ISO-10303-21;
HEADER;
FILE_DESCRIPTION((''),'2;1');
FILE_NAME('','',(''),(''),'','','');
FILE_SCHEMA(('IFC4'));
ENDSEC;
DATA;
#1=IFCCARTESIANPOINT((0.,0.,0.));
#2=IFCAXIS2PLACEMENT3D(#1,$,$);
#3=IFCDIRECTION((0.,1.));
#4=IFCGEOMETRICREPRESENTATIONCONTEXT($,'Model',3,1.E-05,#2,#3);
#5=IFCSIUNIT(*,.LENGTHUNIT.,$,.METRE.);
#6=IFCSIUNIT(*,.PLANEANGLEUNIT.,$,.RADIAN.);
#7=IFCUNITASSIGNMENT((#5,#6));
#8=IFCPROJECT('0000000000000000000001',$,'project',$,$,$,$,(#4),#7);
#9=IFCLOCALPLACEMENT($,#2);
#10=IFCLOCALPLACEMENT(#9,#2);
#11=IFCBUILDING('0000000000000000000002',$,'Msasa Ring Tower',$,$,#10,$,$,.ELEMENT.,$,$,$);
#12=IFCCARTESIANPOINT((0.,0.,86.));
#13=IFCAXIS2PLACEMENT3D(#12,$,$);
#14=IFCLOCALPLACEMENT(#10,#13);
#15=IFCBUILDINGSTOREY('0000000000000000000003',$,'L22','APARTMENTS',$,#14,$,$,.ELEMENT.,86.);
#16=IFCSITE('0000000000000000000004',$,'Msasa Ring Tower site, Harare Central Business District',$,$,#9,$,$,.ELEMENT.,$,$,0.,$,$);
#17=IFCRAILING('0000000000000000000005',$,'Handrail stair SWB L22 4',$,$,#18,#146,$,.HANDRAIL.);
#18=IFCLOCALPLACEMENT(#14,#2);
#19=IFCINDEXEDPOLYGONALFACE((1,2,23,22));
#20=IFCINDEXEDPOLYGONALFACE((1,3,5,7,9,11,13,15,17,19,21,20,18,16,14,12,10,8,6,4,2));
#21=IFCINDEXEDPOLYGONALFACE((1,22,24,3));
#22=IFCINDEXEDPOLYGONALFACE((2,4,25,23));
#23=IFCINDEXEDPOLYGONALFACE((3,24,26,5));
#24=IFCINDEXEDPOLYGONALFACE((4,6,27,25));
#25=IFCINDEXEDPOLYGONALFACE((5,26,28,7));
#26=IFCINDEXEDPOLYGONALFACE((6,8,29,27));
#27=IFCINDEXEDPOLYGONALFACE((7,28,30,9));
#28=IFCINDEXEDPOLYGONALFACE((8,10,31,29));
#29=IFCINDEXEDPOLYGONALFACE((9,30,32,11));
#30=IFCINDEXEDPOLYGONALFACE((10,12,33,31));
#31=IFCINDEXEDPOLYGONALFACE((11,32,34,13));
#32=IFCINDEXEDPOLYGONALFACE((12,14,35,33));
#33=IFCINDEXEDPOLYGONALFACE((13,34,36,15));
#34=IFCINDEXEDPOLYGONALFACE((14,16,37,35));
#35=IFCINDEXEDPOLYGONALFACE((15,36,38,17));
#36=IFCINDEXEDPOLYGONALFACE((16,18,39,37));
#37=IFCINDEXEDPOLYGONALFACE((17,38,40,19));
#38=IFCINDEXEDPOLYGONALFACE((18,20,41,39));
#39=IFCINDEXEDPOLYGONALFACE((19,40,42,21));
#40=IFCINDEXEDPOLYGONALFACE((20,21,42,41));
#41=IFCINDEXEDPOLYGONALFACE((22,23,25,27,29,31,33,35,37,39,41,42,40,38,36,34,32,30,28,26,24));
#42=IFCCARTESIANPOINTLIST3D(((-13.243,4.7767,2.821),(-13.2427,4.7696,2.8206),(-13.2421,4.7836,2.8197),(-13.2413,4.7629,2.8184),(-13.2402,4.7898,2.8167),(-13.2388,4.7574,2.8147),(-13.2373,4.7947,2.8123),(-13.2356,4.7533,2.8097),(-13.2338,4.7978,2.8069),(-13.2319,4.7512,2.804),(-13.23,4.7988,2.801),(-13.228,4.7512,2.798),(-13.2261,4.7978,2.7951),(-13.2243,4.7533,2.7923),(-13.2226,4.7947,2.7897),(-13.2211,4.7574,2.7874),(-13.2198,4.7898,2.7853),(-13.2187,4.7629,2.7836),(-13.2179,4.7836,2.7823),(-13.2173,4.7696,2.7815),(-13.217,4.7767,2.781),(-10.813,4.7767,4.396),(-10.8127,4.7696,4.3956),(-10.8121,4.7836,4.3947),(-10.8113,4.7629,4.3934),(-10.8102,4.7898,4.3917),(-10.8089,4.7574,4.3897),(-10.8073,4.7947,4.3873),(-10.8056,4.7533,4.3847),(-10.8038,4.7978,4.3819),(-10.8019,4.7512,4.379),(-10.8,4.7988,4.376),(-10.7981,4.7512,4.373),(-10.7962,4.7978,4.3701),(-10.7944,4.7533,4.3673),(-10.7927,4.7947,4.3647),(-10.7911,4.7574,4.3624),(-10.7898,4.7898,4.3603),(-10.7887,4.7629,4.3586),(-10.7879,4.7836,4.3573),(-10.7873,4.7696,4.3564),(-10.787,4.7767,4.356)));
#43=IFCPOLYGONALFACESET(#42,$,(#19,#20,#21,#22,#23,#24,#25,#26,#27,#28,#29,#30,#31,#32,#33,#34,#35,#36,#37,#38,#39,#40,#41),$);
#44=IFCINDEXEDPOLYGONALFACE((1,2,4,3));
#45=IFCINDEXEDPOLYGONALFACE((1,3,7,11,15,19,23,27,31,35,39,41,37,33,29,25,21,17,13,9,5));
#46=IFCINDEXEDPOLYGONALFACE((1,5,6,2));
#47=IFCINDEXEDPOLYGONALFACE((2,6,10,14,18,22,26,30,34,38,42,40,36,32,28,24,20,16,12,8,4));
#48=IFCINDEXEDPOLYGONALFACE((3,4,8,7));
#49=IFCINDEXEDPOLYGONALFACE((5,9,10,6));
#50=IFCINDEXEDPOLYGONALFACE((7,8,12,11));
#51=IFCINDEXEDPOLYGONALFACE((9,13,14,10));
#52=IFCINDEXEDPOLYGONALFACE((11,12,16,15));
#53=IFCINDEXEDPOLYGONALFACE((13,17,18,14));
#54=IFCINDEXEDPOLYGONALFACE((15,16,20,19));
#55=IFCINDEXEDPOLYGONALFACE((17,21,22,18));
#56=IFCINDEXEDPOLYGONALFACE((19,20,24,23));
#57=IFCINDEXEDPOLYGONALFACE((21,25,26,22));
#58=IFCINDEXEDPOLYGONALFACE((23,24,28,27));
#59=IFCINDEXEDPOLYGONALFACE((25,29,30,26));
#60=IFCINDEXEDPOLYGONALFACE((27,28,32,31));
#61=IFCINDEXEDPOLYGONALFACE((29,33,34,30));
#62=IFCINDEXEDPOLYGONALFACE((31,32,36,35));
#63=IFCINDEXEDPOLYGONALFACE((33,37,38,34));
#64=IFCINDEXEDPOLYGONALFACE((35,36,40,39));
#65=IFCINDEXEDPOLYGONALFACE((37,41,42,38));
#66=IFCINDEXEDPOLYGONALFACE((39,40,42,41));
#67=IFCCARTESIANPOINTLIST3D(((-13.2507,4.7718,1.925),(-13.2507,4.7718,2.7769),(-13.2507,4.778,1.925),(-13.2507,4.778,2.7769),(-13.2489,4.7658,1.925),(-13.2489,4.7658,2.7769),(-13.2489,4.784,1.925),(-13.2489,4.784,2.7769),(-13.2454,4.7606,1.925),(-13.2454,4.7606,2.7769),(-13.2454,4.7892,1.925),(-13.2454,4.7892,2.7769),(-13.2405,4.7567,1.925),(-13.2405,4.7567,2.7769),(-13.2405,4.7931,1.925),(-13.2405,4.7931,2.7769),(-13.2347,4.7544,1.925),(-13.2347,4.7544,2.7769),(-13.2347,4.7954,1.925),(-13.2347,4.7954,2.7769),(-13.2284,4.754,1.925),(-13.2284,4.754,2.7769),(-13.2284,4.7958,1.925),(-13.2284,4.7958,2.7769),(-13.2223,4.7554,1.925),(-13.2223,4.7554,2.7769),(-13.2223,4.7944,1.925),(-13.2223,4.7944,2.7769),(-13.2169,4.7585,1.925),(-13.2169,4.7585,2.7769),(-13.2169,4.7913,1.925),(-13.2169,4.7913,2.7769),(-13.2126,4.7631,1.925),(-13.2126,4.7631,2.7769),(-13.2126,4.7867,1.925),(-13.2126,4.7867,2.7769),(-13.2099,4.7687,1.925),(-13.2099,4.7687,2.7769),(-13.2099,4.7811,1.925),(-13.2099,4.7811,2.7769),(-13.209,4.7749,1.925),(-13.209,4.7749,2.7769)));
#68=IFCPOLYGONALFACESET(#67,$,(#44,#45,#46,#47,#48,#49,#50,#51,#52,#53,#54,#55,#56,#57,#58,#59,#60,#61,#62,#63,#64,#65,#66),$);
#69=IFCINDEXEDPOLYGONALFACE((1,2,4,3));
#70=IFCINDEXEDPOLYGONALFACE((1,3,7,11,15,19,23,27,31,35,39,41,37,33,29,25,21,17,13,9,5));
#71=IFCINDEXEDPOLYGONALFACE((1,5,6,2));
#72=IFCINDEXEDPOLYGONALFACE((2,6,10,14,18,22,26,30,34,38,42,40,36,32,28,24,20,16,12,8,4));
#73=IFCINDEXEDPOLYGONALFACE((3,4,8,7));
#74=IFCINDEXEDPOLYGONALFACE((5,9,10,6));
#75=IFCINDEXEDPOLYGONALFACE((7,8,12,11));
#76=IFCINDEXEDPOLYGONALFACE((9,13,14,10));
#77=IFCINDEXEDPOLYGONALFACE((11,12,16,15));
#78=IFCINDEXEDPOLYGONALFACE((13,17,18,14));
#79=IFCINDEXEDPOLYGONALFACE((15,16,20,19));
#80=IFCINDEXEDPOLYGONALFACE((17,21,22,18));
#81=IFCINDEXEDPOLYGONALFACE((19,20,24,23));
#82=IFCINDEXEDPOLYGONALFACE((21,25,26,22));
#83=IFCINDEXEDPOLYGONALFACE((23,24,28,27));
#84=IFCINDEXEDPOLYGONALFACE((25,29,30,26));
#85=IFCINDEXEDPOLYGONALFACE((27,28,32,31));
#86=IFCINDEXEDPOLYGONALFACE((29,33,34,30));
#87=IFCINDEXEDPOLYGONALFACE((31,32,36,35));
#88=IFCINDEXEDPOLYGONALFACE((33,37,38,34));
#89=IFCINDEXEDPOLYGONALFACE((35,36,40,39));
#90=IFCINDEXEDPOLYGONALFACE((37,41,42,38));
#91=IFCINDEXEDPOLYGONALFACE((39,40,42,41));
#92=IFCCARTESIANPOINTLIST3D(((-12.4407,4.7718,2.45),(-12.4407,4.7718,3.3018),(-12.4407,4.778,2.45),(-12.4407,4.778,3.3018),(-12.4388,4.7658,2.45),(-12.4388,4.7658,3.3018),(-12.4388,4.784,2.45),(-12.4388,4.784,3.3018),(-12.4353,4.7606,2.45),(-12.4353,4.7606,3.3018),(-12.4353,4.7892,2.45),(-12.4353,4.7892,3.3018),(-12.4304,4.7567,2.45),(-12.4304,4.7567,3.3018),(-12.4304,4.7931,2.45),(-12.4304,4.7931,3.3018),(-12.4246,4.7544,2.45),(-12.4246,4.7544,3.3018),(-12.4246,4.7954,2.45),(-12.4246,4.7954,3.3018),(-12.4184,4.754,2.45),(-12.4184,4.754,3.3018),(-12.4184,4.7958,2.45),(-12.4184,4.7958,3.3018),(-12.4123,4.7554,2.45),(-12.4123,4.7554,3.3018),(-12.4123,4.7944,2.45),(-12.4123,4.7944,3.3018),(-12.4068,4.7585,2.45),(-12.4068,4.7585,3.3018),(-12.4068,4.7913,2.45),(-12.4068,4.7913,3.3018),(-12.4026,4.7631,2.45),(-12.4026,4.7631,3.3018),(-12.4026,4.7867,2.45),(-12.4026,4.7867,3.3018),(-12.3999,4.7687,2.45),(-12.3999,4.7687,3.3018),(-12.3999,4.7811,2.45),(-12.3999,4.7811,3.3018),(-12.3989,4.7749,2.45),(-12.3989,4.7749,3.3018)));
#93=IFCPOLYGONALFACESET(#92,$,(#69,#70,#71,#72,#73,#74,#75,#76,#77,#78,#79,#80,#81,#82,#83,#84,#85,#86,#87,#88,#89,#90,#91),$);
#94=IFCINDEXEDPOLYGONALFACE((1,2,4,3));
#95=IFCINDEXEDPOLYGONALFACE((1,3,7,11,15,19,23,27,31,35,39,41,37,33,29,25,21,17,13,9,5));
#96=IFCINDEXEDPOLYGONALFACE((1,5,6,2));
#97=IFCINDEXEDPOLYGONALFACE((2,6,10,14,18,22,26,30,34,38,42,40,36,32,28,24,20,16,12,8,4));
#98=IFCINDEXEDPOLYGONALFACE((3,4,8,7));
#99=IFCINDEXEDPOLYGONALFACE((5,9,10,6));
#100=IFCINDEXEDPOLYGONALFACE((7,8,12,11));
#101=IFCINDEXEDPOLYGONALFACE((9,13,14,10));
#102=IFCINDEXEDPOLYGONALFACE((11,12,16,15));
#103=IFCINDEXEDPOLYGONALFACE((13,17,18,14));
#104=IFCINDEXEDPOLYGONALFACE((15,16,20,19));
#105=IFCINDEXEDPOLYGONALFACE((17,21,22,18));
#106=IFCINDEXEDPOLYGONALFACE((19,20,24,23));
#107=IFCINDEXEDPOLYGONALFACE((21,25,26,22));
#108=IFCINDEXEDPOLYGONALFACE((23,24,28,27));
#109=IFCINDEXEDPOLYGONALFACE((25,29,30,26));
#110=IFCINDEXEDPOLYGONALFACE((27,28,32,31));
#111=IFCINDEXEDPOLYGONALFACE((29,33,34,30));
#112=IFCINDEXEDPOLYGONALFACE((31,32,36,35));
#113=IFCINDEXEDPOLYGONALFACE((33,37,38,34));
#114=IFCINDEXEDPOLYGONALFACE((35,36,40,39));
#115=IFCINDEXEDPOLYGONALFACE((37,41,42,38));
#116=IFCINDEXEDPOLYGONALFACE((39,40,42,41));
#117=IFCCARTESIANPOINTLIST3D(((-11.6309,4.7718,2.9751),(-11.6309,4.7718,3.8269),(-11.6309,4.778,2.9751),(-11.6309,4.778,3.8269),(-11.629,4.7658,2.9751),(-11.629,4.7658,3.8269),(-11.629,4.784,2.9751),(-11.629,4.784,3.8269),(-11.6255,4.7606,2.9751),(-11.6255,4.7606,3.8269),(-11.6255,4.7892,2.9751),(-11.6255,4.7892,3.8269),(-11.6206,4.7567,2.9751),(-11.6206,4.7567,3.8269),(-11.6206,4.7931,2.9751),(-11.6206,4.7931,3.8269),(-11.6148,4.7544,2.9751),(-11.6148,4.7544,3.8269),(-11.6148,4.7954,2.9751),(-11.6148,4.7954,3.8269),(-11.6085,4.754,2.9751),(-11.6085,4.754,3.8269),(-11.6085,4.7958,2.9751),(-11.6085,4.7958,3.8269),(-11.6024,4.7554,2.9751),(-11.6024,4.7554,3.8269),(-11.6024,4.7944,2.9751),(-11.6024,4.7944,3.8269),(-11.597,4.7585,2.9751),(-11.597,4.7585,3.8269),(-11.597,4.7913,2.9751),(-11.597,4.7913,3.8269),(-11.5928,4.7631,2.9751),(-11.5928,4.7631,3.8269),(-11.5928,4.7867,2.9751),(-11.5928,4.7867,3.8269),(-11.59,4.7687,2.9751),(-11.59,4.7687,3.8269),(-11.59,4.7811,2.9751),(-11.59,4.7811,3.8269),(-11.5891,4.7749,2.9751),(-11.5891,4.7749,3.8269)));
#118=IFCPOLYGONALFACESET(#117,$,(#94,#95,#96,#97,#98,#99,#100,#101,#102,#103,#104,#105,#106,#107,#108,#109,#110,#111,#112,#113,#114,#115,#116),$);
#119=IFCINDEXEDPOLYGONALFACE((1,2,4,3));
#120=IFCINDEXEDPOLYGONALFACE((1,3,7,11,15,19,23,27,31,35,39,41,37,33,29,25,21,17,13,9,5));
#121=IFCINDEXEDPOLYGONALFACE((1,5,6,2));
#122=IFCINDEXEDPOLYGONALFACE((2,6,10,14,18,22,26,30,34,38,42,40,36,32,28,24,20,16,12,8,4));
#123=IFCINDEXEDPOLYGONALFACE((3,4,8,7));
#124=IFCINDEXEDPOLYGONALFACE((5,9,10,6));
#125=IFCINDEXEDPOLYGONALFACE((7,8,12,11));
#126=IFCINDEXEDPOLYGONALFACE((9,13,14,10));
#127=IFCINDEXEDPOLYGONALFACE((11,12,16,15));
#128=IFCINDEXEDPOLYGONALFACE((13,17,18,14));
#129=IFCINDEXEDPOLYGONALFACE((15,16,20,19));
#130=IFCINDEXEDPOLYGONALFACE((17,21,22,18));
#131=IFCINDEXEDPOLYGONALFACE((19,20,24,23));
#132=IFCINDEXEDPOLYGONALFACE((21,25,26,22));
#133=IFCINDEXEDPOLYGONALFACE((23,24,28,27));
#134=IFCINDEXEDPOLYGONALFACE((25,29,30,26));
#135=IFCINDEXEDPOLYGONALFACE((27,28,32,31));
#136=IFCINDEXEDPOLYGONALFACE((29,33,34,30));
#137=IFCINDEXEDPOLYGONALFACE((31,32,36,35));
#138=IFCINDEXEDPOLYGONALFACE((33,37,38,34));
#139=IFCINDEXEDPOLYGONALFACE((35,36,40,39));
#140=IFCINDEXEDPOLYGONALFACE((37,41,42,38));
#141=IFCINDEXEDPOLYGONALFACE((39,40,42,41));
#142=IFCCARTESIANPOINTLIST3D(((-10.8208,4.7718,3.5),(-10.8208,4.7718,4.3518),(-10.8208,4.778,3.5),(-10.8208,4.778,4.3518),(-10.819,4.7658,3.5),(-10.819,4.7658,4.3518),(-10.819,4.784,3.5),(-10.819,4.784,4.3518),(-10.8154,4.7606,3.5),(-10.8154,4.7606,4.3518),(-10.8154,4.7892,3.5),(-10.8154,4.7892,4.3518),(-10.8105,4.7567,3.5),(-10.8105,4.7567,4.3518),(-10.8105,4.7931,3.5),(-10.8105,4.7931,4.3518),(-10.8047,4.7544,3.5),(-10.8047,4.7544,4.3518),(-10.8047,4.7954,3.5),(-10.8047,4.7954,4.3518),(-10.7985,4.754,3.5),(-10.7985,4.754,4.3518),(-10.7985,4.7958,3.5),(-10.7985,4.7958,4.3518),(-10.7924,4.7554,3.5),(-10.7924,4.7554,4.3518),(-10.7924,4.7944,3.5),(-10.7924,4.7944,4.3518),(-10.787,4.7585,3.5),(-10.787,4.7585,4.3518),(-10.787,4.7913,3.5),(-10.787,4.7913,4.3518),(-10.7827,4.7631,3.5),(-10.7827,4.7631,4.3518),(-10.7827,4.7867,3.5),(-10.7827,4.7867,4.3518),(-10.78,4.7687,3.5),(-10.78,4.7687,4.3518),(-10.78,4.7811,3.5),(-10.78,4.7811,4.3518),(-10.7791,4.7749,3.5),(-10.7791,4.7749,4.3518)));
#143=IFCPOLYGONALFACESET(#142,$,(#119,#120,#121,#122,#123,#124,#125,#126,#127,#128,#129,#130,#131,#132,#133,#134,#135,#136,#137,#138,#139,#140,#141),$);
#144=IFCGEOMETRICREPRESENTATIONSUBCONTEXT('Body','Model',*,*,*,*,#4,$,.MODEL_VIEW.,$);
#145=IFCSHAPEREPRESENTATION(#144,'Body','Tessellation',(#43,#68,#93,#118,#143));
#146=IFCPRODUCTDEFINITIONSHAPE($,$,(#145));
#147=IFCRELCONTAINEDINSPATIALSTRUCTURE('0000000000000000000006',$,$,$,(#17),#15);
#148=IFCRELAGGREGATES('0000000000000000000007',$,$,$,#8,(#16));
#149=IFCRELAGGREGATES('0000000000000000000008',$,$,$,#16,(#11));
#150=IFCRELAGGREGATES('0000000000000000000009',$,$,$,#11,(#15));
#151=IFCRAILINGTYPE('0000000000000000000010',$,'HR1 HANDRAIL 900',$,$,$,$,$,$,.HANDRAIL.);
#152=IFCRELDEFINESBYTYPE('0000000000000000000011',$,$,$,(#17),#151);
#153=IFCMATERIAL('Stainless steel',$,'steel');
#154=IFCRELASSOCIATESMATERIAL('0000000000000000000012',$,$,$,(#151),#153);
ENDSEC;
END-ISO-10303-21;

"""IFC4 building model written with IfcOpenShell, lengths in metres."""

from ifc_helpers import new_model, si_unit, direction, frame, origin, origin_2d, place, context, subcontext, project, spatial, circle, extrude, material, type_object, element, save


model = new_model("IFC4")

# Units and contexts
model_context = context("Model", 3, precision=1e-05, world=origin(), true_north=direction((0.0, 1.0)))
body_context = subcontext(model_context, "Body", "Model", "MODEL_VIEW")
ifc_project = project(units=[si_unit("LENGTHUNIT", "METRE"), si_unit("PLANEANGLEUNIT", "RADIAN")], contexts=[model_context])

# Site, building, storey
site_placement = place(None, origin())
site = spatial("IfcSite", under=ifc_project, at=site_placement, Name="Msasa Ring Tower site, Harare Central Business District", CompositionType="ELEMENT", RefElevation=0.0)
building_placement = place(site_placement, origin())
building = spatial("IfcBuilding", under=site, at=building_placement, Name="Msasa Ring Tower", CompositionType="ELEMENT")
storey_placement = place(building_placement, frame((0.0, 0.0, 86.0)))
storey = spatial("IfcBuildingStorey", under=building, at=storey_placement, Name="L22", Description="APARTMENTS", CompositionType="ELEMENT", Elevation=86.0)

# Railing
ifc_material_1 = material(Name="Stainless steel", Category="steel")
railing_type = type_object("IfcRailingType", Name="HR1 HANDRAIL 900", PredefinedType="HANDRAIL", material=ifc_material_1)
for number, where, name in (
    (1, (-13.23, 4.7749, 1.925), "Handrail stair SWB L22 4"),
):
    element("IfcRailing", number, at=place(storey_placement, frame(where)), inside=storey, type_object=railing_type, Name=name, PredefinedType="HANDRAIL", context=body_context, shape_type="SweptSolid", body=[
        extrude(circle(Radius=0.0239, at=origin_2d()), frame((0.0, 0.0, 0.876), z_axis=(0.839154, 0.0, 0.543894), x_axis=(0.0, 1.0, 0.0)), (0.0, 0.0, 1.0), 2.8958),
        extrude(circle(Radius=0.021, at=origin_2d()), origin(), (0.0, 0.0, 1.0), 0.8518),
        extrude(circle(Radius=0.021, at=origin_2d()), frame((0.8101, 0.0, 0.5249)), (0.0, 0.0, 1.0), 0.8518),
        extrude(circle(Radius=0.021, at=origin_2d()), frame((1.6199, 0.0, 1.05)), (0.0, 0.0, 1.0), 0.8518),
        extrude(circle(Radius=0.021, at=origin_2d()), frame((2.4299, 0.0, 1.575)), (0.0, 0.0, 1.0), 0.8518),
    ])

save(model, "model.ifc")
